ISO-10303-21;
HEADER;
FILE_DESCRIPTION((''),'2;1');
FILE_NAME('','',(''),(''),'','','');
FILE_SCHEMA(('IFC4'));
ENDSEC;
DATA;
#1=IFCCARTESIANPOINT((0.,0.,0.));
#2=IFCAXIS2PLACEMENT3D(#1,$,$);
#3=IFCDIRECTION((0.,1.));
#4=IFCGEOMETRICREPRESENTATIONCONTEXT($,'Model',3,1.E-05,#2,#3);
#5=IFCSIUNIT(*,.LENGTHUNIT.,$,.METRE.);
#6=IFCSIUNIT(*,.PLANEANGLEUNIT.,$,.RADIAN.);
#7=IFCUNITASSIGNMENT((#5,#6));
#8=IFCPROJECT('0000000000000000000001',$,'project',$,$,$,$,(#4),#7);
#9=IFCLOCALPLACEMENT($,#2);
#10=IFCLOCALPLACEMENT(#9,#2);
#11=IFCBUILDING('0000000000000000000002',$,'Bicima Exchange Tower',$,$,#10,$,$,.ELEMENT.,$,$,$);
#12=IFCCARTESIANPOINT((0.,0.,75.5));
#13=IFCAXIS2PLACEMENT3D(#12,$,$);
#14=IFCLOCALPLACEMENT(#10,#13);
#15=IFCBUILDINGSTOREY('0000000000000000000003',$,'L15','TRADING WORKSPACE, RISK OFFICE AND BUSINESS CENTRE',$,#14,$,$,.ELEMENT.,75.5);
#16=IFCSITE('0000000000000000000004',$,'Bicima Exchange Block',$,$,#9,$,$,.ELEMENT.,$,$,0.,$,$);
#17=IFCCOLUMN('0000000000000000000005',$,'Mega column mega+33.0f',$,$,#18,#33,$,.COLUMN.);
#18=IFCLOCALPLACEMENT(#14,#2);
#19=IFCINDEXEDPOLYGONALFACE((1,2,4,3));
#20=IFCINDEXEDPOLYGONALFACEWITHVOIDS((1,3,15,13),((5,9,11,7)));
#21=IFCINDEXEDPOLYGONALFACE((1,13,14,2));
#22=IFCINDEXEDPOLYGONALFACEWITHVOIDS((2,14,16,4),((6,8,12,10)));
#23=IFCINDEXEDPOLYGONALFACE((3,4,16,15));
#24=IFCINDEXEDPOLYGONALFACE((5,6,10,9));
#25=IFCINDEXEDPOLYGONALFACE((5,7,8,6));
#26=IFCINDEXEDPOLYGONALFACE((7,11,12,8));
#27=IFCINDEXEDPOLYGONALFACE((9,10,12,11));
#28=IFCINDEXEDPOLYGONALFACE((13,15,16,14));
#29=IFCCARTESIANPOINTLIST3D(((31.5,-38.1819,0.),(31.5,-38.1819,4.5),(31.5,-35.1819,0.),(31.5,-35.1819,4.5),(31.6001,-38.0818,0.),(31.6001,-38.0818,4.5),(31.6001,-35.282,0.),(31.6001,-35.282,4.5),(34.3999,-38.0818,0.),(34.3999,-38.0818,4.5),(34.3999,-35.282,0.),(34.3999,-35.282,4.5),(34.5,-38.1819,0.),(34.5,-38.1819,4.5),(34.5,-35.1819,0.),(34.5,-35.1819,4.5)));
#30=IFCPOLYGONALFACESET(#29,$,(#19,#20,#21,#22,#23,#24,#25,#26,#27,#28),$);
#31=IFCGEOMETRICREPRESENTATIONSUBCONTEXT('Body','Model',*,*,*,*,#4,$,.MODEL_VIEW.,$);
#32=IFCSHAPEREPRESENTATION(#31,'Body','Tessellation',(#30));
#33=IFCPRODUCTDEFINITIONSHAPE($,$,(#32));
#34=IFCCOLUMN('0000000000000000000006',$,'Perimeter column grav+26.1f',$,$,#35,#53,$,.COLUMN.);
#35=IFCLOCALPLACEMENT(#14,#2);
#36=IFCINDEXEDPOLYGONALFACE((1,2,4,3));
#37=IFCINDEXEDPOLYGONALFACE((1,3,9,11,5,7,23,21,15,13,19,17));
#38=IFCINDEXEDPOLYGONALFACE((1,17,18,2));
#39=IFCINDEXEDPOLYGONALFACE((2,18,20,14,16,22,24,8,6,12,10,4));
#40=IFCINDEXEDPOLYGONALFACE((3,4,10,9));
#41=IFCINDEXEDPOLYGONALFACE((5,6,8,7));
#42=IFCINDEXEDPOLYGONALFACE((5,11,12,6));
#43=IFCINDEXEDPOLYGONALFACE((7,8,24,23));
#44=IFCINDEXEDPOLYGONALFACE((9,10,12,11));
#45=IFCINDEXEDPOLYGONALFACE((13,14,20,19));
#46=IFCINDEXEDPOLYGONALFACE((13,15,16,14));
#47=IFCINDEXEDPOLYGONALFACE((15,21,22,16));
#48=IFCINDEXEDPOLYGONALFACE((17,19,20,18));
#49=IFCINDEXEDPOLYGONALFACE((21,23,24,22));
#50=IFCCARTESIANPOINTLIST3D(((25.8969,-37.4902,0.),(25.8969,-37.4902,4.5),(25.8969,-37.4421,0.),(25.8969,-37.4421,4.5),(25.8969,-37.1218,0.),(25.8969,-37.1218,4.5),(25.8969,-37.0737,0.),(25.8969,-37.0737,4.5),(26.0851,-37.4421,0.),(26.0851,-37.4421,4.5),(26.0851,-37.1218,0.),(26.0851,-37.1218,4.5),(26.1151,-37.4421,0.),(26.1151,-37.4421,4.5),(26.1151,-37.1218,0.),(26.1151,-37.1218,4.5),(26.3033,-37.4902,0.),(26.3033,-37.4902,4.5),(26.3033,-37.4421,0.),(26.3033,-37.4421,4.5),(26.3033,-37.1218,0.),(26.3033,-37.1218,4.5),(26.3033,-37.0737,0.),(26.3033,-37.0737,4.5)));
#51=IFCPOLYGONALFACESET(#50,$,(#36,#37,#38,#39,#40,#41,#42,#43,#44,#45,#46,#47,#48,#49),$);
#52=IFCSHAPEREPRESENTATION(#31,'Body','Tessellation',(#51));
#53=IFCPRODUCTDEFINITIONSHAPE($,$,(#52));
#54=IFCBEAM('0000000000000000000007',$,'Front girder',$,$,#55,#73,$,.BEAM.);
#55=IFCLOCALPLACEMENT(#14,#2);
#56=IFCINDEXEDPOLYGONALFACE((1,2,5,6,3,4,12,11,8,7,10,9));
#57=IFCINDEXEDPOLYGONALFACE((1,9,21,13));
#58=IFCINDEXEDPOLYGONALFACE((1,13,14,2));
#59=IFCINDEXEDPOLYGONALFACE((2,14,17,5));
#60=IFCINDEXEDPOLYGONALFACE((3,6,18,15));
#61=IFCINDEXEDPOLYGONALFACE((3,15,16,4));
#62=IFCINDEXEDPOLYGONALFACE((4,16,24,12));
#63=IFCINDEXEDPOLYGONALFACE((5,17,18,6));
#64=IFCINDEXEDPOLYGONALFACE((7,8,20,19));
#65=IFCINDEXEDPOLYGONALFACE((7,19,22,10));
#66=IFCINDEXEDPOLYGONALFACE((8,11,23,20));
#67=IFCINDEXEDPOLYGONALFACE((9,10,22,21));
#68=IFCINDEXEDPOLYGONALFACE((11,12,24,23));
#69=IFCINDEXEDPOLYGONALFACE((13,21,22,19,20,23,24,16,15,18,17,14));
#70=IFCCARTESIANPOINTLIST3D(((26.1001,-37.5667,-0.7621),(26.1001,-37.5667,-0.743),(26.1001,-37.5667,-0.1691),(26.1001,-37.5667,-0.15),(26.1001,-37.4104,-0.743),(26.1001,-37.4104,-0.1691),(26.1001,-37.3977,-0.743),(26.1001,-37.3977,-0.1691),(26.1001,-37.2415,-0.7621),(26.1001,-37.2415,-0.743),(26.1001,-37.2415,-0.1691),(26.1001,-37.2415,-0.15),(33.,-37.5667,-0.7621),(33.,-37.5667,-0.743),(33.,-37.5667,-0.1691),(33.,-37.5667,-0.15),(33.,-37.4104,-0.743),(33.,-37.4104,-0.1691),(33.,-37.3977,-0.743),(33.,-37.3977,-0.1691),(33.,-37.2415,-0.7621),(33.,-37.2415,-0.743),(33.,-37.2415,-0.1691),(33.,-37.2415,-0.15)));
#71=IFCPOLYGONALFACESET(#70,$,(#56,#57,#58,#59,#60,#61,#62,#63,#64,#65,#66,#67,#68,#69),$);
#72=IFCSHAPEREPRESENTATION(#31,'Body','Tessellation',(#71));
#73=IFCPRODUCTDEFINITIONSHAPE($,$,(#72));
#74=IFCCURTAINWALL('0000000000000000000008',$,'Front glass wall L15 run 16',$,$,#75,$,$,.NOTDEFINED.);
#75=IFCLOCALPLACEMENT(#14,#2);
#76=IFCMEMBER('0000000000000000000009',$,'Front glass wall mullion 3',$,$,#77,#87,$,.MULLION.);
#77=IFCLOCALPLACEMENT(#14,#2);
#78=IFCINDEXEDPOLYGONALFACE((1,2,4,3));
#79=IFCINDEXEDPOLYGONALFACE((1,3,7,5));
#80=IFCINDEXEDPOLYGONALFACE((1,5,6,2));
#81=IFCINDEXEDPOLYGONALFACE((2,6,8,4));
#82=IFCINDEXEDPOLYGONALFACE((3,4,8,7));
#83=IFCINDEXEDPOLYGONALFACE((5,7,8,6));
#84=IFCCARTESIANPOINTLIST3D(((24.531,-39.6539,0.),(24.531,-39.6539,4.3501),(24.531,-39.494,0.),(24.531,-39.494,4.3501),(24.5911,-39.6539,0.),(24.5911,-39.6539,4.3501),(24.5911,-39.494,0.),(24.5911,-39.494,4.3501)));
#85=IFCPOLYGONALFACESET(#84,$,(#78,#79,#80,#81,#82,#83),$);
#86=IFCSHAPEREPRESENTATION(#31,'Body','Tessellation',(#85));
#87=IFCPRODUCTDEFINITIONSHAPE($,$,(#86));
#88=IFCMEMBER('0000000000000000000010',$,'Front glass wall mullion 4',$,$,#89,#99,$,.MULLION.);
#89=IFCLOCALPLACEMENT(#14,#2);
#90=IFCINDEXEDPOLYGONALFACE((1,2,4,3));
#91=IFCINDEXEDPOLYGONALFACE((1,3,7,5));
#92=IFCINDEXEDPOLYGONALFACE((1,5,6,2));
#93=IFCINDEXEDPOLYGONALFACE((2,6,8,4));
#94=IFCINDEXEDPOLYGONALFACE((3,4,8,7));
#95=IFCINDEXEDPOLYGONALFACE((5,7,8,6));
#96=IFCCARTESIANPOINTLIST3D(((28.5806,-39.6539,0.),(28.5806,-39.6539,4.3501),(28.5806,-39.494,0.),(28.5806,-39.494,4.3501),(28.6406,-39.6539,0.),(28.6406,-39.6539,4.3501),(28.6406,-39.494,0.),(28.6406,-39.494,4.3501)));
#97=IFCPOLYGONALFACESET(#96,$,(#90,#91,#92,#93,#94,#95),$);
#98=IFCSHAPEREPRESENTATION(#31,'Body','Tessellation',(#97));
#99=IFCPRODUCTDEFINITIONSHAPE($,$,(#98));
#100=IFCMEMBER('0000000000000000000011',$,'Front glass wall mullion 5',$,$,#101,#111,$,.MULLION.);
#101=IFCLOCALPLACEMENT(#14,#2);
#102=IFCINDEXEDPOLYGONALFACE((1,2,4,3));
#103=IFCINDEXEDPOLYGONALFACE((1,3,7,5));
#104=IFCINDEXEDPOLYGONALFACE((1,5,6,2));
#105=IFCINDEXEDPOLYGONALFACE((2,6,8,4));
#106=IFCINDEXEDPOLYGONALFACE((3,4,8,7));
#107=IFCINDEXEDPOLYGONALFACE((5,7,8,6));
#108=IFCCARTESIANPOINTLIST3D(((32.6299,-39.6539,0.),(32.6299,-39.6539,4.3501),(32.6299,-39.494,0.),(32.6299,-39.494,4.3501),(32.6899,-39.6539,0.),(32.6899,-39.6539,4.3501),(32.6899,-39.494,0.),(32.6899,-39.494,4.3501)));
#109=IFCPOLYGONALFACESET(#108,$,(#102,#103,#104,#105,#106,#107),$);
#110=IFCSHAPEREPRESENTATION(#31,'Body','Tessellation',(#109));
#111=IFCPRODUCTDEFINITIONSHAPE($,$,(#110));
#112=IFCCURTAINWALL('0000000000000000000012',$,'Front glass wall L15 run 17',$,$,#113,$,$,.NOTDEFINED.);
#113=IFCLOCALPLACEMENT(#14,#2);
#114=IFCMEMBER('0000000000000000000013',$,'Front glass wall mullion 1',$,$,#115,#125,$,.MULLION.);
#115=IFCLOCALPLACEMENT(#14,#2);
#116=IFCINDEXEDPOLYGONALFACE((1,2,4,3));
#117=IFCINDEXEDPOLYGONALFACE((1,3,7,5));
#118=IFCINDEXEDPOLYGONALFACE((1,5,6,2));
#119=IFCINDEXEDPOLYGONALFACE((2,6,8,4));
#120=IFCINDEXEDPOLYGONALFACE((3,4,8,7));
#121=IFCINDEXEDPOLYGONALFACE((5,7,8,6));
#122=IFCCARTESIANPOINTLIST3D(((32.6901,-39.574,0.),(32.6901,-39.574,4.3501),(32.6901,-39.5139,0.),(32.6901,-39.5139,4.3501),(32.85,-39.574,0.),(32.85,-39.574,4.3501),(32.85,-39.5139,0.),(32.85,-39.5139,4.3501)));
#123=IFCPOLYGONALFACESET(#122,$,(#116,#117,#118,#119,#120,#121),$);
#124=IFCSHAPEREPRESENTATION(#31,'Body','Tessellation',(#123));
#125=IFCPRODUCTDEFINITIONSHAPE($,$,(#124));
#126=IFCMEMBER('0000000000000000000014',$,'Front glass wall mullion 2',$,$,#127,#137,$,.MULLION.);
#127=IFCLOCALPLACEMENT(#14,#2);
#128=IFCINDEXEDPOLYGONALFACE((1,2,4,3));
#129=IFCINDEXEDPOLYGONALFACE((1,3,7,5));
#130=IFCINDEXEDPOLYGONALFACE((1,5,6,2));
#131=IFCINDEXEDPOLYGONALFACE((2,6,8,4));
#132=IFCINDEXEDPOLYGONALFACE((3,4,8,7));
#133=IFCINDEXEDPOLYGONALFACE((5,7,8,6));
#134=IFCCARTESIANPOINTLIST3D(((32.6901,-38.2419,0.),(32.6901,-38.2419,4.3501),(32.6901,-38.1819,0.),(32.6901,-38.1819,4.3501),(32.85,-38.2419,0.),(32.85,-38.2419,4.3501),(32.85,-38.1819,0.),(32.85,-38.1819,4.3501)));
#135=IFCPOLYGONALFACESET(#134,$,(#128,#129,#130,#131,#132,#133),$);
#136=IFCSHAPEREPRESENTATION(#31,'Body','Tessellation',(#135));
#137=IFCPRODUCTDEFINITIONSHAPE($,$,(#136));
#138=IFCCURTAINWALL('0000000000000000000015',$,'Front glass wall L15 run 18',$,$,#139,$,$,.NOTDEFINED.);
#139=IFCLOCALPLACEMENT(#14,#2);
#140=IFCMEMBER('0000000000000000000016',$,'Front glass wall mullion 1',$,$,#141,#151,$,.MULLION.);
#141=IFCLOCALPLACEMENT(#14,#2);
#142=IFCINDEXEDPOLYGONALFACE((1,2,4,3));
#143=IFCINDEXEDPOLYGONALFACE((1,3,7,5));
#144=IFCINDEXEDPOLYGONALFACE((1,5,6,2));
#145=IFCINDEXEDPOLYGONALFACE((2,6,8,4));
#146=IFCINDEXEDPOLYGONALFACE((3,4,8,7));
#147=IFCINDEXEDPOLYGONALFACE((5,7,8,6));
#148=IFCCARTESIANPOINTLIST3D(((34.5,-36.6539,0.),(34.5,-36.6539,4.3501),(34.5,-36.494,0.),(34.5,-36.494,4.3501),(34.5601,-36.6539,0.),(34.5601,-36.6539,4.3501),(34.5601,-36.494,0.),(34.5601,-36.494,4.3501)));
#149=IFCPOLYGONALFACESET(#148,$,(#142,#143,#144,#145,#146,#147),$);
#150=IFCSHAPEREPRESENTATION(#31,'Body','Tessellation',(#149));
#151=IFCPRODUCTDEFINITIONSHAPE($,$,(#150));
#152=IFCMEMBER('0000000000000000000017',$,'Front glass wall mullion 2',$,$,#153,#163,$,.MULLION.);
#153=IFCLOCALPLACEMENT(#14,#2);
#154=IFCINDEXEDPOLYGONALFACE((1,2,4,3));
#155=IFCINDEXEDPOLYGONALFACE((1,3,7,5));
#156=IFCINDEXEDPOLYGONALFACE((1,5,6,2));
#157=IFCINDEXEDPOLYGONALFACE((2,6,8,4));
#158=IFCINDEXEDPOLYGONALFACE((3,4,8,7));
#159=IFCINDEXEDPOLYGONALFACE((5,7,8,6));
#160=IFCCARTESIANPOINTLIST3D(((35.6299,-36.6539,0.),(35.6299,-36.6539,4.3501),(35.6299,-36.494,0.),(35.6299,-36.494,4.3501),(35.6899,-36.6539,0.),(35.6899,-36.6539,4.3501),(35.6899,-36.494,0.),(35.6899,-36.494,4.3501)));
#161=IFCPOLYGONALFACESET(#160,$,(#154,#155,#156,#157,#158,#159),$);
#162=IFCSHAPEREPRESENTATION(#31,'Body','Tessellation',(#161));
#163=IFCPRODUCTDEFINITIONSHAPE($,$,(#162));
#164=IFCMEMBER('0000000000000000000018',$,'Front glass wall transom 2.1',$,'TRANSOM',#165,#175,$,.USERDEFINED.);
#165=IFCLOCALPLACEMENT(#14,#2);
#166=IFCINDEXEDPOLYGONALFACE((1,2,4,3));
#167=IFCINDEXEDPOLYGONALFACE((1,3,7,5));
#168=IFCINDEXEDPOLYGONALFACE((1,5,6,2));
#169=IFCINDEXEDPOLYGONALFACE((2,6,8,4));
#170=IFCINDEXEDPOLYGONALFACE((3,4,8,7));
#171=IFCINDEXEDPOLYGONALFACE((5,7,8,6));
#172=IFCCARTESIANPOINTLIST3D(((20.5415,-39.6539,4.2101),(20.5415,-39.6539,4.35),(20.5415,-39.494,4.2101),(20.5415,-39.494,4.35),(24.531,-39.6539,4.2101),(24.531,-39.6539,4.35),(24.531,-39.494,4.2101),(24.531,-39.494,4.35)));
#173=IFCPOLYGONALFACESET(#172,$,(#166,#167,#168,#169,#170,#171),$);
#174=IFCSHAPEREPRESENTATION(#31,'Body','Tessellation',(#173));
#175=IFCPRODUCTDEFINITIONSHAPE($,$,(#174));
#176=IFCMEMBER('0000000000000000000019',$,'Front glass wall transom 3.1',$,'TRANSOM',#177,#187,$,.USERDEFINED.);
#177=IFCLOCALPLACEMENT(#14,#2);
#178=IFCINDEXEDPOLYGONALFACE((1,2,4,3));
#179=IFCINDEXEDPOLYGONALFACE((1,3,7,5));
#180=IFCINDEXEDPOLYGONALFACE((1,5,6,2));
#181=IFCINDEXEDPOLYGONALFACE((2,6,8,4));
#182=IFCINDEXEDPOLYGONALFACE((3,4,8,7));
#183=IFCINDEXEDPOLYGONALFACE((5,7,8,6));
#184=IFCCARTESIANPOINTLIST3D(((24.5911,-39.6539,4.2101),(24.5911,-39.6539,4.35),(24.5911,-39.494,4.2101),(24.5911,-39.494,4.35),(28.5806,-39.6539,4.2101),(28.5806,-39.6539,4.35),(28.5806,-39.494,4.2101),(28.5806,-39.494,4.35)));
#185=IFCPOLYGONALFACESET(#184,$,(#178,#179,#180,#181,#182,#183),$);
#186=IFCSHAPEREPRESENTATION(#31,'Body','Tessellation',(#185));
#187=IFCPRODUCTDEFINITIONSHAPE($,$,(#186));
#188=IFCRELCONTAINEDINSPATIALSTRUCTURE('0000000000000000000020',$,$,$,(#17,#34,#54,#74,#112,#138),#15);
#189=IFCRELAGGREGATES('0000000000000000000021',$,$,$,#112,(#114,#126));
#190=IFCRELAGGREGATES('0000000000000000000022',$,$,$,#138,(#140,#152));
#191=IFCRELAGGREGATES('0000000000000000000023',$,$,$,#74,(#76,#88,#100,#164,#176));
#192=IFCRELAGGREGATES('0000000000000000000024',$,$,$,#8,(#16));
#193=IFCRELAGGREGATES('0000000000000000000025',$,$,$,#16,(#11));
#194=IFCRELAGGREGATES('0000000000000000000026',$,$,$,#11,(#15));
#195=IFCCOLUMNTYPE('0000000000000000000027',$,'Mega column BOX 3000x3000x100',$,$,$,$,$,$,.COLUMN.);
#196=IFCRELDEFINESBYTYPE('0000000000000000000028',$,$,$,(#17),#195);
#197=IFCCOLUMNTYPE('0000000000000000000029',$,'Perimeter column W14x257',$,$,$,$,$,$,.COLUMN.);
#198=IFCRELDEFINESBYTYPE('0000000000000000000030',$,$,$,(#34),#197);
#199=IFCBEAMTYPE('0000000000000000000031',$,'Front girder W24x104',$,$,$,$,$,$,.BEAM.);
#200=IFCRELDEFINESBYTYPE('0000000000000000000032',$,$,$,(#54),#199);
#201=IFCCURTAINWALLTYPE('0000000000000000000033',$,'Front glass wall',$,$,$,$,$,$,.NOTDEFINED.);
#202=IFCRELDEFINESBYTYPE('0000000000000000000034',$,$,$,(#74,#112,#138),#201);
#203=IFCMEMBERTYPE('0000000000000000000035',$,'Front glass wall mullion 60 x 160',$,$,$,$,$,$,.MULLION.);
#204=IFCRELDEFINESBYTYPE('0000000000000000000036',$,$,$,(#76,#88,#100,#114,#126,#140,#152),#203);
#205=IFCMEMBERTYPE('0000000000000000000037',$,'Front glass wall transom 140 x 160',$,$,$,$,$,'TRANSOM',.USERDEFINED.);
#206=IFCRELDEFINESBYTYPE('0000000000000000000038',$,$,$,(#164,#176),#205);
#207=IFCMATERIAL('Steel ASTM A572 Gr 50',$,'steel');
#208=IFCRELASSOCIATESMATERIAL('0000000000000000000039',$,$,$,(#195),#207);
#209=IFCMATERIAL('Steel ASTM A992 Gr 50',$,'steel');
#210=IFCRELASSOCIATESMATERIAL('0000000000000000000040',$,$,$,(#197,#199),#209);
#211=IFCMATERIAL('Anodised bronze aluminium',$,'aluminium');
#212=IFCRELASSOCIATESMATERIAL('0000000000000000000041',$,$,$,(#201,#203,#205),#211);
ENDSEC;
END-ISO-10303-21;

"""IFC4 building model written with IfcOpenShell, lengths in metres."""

from ifc_helpers import new_model, si_unit, direction, frame, origin, origin_2d, place, context, subcontext, project, spatial, rectangle, hollow_rectangle, i_section, extrude, material, material_profile, profile_set, type_object, element, aggregate, save


model = new_model("IFC4")

# Units and contexts
model_context = context("Model", 3, precision=1e-05, world=origin(), true_north=direction((0.0, 1.0)))
body_context = subcontext(model_context, "Body", "Model", "MODEL_VIEW")
ifc_project = project(units=[si_unit("LENGTHUNIT", "METRE"), si_unit("PLANEANGLEUNIT", "RADIAN")], contexts=[model_context])

# Site, building, storey
site_placement = place(None, origin())
site = spatial("IfcSite", under=ifc_project, at=site_placement, Name="Bicima Exchange Block", CompositionType="ELEMENT", RefElevation=0.0)
building_placement = place(site_placement, origin())
building = spatial("IfcBuilding", under=site, at=building_placement, Name="Bicima Exchange Tower", CompositionType="ELEMENT")
storey_placement = place(building_placement, frame((0.0, 0.0, 75.5)))
storey = spatial("IfcBuildingStorey", under=building, at=storey_placement, Name="L15", Description="TRADING WORKSPACE, RISK OFFICE AND BUSINESS CENTRE", CompositionType="ELEMENT", Elevation=75.5)

# Columns
ifc_material_1 = material(Name="Steel ASTM A572 Gr 50", Category="steel")
ifc_material_profile_1 = material_profile(ifc_material_1, hollow_rectangle(XDim=3.0, YDim=3.0, WallThickness=0.1001, at=origin_2d()))
ifc_profile_set_1 = profile_set([ifc_material_profile_1], Name="Steel ASTM A572 Gr 50")
column_type_1 = type_object("IfcColumnType", Name="Mega column BOX 3000x3000x100", PredefinedType="COLUMN", material=ifc_profile_set_1)
column_1_placement = place(storey_placement, frame((33.0, -36.6819, 0.0), z_axis=(0.0, 0.0, 1.0), x_axis=(1.0, 0.0, 0.0)))
element("IfcColumn", 1, at=column_1_placement, inside=storey, type_object=column_type_1, Name="Mega column mega+33.0f", PredefinedType="COLUMN", context=body_context, shape_type="SweptSolid", body=[
    extrude(hollow_rectangle(XDim=3.0, YDim=3.0, WallThickness=0.1001, at=origin_2d()), origin(), (0.0, 0.0, 1.0), 4.5),
])
ifc_material_2 = material(Name="Steel ASTM A992 Gr 50", Category="steel")
ifc_material_profile_2 = material_profile(ifc_material_2, i_section(OverallWidth=0.4065, OverallDepth=0.4165, WebThickness=0.03, FlangeThickness=0.0481, at=origin_2d()))
ifc_profile_set_2 = profile_set([ifc_material_profile_2], Name="Steel ASTM A992 Gr 50")
column_type_2 = type_object("IfcColumnType", Name="Perimeter column W14x257", PredefinedType="COLUMN", material=ifc_profile_set_2)
column_2_placement = place(storey_placement, frame((26.1001, -37.282, 0.0), z_axis=(0.0, 0.0, 1.0), x_axis=(1.0, 0.0, 0.0)))
element("IfcColumn", 2, at=column_2_placement, inside=storey, type_object=column_type_2, Name="Perimeter column grav+26.1f", PredefinedType="COLUMN", context=body_context, shape_type="SweptSolid", body=[
    extrude(i_section(OverallWidth=0.4065, OverallDepth=0.4165, WebThickness=0.03, FlangeThickness=0.0481, at=origin_2d()), origin(), (0.0, 0.0, 1.0), 4.5),
])

# Beam
ifc_material_profile_3 = material_profile(ifc_material_2, i_section(OverallWidth=0.3252, OverallDepth=0.6121, WebThickness=0.0127, FlangeThickness=0.019, at=origin_2d()))
ifc_profile_set_3 = profile_set([ifc_material_profile_3], Name="Steel ASTM A992 Gr 50")
beam_type = type_object("IfcBeamType", Name="Front girder W24x104", PredefinedType="BEAM", material=ifc_profile_set_3)
beam_placement = place(storey_placement, frame((26.1001, -37.4041, -0.4561), z_axis=(1.0, 0.0, 0.0), x_axis=(0.0, 1.0, 0.0)))
element("IfcBeam", 3, at=beam_placement, inside=storey, type_object=beam_type, Name="Front girder", PredefinedType="BEAM", context=body_context, shape_type="SweptSolid", body=[
    extrude(i_section(OverallWidth=0.3252, OverallDepth=0.6121, WebThickness=0.0127, FlangeThickness=0.019, at=origin_2d()), origin(), (0.0, 0.0, 1.0), 6.8999),
])

# Curtain walls, members
ifc_material_3 = material(Name="Anodised bronze aluminium", Category="aluminium")
curtain_wall_type = type_object("IfcCurtainWallType", Name="Front glass wall", PredefinedType="NOTDEFINED", material=ifc_material_3)
curtain_wall_1_placement = place(storey_placement, origin())
curtain_wall_1 = element("IfcCurtainWall", 4, at=curtain_wall_1_placement, inside=storey, type_object=curtain_wall_type, Name="Front glass wall L15 run 16", PredefinedType="NOTDEFINED")
ifc_material_profile_4 = material_profile(ifc_material_3, rectangle(XDim=0.1599, YDim=0.0601, at=origin_2d()))
ifc_profile_set_4 = profile_set([ifc_material_profile_4], Name="Anodised bronze aluminium")
member_type_1 = type_object("IfcMemberType", Name="Front glass wall mullion 60 x 160", PredefinedType="MULLION", material=ifc_profile_set_4)
member_1_placement = place(storey_placement, frame((24.561, -39.574, 0.0), z_axis=(0.0, 0.0, 1.0), x_axis=(0.0, 1.0, 0.0)))
member_1 = element("IfcMember", 5, at=member_1_placement, type_object=member_type_1, Name="Front glass wall mullion 3", PredefinedType="MULLION", context=body_context, shape_type="SweptSolid", body=[
    extrude(rectangle(XDim=0.1599, YDim=0.0601, at=origin_2d()), origin(), (0.0, 0.0, 1.0), 4.3501),
])
member_2_placement = place(storey_placement, frame((28.6106, -39.574, 0.0), z_axis=(0.0, 0.0, 1.0), x_axis=(0.0, 1.0, 0.0)))
member_2 = element("IfcMember", 6, at=member_2_placement, type_object=member_type_1, Name="Front glass wall mullion 4", PredefinedType="MULLION", context=body_context, shape_type="SweptSolid", body=[
    extrude(rectangle(XDim=0.1599, YDim=0.0601, at=origin_2d()), origin(), (0.0, 0.0, 1.0), 4.3501),
])
member_3_placement = place(storey_placement, frame((32.6599, -39.574, 0.0), z_axis=(0.0, 0.0, 1.0), x_axis=(0.0, 1.0, 0.0)))
member_3 = element("IfcMember", 7, at=member_3_placement, type_object=member_type_1, Name="Front glass wall mullion 5", PredefinedType="MULLION", context=body_context, shape_type="SweptSolid", body=[
    extrude(rectangle(XDim=0.1599, YDim=0.0601, at=origin_2d()), origin(), (0.0, 0.0, 1.0), 4.3501),
])
curtain_wall_2_placement = place(storey_placement, origin())
curtain_wall_2 = element("IfcCurtainWall", 8, at=curtain_wall_2_placement, inside=storey, type_object=curtain_wall_type, Name="Front glass wall L15 run 17", PredefinedType="NOTDEFINED")
member_4_placement = place(storey_placement, frame((32.77, -39.5439, 0.0), z_axis=(0.0, 0.0, 1.0), x_axis=(-1.0, 0.0, 0.0)))
member_4 = element("IfcMember", 9, at=member_4_placement, type_object=member_type_1, Name="Front glass wall mullion 1", PredefinedType="MULLION", context=body_context, shape_type="SweptSolid", body=[
    extrude(rectangle(XDim=0.1599, YDim=0.0601, at=origin_2d()), origin(), (0.0, 0.0, 1.0), 4.3501),
])
member_5_placement = place(storey_placement, frame((32.77, -38.2119, 0.0), z_axis=(0.0, 0.0, 1.0), x_axis=(-1.0, 0.0, 0.0)))
member_5 = element("IfcMember", 10, at=member_5_placement, type_object=member_type_1, Name="Front glass wall mullion 2", PredefinedType="MULLION", context=body_context, shape_type="SweptSolid", body=[
    extrude(rectangle(XDim=0.1599, YDim=0.0601, at=origin_2d()), origin(), (0.0, 0.0, 1.0), 4.3501),
])
curtain_wall_3_placement = place(storey_placement, origin())
curtain_wall_3 = element("IfcCurtainWall", 11, at=curtain_wall_3_placement, inside=storey, type_object=curtain_wall_type, Name="Front glass wall L15 run 18", PredefinedType="NOTDEFINED")
member_6_placement = place(storey_placement, frame((34.53, -36.574, 0.0), z_axis=(0.0, 0.0, 1.0), x_axis=(0.0, 1.0, 0.0)))
member_6 = element("IfcMember", 12, at=member_6_placement, type_object=member_type_1, Name="Front glass wall mullion 1", PredefinedType="MULLION", context=body_context, shape_type="SweptSolid", body=[
    extrude(rectangle(XDim=0.1599, YDim=0.0601, at=origin_2d()), origin(), (0.0, 0.0, 1.0), 4.3501),
])
member_7_placement = place(storey_placement, frame((35.6599, -36.574, 0.0), z_axis=(0.0, 0.0, 1.0), x_axis=(0.0, 1.0, 0.0)))
member_7 = element("IfcMember", 13, at=member_7_placement, type_object=member_type_1, Name="Front glass wall mullion 2", PredefinedType="MULLION", context=body_context, shape_type="SweptSolid", body=[
    extrude(rectangle(XDim=0.1599, YDim=0.0601, at=origin_2d()), origin(), (0.0, 0.0, 1.0), 4.3501),
])

# Members
ifc_material_profile_5 = material_profile(ifc_material_3, rectangle(XDim=0.1599, YDim=0.1399, at=origin_2d()))
ifc_profile_set_5 = profile_set([ifc_material_profile_5], Name="Anodised bronze aluminium")
member_type_2 = type_object("IfcMemberType", Name="Front glass wall transom 140 x 160", ElementType="TRANSOM", PredefinedType="USERDEFINED", material=ifc_profile_set_5)
member_8_placement = place(storey_placement, frame((20.5415, -39.574, 4.28), z_axis=(1.0, 0.0, 0.0), x_axis=(0.0, 1.0, 0.0)))
member_8 = element("IfcMember", 14, at=member_8_placement, type_object=member_type_2, Name="Front glass wall transom 2.1", ObjectType="TRANSOM", PredefinedType="USERDEFINED", context=body_context, shape_type="SweptSolid", body=[
    extrude(rectangle(XDim=0.1599, YDim=0.1399, at=origin_2d()), origin(), (0.0, 0.0, 1.0), 3.9895),
])
member_9_placement = place(storey_placement, frame((24.5911, -39.574, 4.28), z_axis=(1.0, 0.0, 0.0), x_axis=(0.0, 1.0, 0.0)))
member_9 = element("IfcMember", 15, at=member_9_placement, type_object=member_type_2, Name="Front glass wall transom 3.1", ObjectType="TRANSOM", PredefinedType="USERDEFINED", context=body_context, shape_type="SweptSolid", body=[
    extrude(rectangle(XDim=0.1599, YDim=0.1399, at=origin_2d()), origin(), (0.0, 0.0, 1.0), 3.9895),
])

aggregate(curtain_wall_2, [member_4, member_5])
aggregate(curtain_wall_3, [member_6, member_7])
aggregate(curtain_wall_1, [member_1, member_2, member_3, member_8, member_9])

save(model, "model.ifc")
